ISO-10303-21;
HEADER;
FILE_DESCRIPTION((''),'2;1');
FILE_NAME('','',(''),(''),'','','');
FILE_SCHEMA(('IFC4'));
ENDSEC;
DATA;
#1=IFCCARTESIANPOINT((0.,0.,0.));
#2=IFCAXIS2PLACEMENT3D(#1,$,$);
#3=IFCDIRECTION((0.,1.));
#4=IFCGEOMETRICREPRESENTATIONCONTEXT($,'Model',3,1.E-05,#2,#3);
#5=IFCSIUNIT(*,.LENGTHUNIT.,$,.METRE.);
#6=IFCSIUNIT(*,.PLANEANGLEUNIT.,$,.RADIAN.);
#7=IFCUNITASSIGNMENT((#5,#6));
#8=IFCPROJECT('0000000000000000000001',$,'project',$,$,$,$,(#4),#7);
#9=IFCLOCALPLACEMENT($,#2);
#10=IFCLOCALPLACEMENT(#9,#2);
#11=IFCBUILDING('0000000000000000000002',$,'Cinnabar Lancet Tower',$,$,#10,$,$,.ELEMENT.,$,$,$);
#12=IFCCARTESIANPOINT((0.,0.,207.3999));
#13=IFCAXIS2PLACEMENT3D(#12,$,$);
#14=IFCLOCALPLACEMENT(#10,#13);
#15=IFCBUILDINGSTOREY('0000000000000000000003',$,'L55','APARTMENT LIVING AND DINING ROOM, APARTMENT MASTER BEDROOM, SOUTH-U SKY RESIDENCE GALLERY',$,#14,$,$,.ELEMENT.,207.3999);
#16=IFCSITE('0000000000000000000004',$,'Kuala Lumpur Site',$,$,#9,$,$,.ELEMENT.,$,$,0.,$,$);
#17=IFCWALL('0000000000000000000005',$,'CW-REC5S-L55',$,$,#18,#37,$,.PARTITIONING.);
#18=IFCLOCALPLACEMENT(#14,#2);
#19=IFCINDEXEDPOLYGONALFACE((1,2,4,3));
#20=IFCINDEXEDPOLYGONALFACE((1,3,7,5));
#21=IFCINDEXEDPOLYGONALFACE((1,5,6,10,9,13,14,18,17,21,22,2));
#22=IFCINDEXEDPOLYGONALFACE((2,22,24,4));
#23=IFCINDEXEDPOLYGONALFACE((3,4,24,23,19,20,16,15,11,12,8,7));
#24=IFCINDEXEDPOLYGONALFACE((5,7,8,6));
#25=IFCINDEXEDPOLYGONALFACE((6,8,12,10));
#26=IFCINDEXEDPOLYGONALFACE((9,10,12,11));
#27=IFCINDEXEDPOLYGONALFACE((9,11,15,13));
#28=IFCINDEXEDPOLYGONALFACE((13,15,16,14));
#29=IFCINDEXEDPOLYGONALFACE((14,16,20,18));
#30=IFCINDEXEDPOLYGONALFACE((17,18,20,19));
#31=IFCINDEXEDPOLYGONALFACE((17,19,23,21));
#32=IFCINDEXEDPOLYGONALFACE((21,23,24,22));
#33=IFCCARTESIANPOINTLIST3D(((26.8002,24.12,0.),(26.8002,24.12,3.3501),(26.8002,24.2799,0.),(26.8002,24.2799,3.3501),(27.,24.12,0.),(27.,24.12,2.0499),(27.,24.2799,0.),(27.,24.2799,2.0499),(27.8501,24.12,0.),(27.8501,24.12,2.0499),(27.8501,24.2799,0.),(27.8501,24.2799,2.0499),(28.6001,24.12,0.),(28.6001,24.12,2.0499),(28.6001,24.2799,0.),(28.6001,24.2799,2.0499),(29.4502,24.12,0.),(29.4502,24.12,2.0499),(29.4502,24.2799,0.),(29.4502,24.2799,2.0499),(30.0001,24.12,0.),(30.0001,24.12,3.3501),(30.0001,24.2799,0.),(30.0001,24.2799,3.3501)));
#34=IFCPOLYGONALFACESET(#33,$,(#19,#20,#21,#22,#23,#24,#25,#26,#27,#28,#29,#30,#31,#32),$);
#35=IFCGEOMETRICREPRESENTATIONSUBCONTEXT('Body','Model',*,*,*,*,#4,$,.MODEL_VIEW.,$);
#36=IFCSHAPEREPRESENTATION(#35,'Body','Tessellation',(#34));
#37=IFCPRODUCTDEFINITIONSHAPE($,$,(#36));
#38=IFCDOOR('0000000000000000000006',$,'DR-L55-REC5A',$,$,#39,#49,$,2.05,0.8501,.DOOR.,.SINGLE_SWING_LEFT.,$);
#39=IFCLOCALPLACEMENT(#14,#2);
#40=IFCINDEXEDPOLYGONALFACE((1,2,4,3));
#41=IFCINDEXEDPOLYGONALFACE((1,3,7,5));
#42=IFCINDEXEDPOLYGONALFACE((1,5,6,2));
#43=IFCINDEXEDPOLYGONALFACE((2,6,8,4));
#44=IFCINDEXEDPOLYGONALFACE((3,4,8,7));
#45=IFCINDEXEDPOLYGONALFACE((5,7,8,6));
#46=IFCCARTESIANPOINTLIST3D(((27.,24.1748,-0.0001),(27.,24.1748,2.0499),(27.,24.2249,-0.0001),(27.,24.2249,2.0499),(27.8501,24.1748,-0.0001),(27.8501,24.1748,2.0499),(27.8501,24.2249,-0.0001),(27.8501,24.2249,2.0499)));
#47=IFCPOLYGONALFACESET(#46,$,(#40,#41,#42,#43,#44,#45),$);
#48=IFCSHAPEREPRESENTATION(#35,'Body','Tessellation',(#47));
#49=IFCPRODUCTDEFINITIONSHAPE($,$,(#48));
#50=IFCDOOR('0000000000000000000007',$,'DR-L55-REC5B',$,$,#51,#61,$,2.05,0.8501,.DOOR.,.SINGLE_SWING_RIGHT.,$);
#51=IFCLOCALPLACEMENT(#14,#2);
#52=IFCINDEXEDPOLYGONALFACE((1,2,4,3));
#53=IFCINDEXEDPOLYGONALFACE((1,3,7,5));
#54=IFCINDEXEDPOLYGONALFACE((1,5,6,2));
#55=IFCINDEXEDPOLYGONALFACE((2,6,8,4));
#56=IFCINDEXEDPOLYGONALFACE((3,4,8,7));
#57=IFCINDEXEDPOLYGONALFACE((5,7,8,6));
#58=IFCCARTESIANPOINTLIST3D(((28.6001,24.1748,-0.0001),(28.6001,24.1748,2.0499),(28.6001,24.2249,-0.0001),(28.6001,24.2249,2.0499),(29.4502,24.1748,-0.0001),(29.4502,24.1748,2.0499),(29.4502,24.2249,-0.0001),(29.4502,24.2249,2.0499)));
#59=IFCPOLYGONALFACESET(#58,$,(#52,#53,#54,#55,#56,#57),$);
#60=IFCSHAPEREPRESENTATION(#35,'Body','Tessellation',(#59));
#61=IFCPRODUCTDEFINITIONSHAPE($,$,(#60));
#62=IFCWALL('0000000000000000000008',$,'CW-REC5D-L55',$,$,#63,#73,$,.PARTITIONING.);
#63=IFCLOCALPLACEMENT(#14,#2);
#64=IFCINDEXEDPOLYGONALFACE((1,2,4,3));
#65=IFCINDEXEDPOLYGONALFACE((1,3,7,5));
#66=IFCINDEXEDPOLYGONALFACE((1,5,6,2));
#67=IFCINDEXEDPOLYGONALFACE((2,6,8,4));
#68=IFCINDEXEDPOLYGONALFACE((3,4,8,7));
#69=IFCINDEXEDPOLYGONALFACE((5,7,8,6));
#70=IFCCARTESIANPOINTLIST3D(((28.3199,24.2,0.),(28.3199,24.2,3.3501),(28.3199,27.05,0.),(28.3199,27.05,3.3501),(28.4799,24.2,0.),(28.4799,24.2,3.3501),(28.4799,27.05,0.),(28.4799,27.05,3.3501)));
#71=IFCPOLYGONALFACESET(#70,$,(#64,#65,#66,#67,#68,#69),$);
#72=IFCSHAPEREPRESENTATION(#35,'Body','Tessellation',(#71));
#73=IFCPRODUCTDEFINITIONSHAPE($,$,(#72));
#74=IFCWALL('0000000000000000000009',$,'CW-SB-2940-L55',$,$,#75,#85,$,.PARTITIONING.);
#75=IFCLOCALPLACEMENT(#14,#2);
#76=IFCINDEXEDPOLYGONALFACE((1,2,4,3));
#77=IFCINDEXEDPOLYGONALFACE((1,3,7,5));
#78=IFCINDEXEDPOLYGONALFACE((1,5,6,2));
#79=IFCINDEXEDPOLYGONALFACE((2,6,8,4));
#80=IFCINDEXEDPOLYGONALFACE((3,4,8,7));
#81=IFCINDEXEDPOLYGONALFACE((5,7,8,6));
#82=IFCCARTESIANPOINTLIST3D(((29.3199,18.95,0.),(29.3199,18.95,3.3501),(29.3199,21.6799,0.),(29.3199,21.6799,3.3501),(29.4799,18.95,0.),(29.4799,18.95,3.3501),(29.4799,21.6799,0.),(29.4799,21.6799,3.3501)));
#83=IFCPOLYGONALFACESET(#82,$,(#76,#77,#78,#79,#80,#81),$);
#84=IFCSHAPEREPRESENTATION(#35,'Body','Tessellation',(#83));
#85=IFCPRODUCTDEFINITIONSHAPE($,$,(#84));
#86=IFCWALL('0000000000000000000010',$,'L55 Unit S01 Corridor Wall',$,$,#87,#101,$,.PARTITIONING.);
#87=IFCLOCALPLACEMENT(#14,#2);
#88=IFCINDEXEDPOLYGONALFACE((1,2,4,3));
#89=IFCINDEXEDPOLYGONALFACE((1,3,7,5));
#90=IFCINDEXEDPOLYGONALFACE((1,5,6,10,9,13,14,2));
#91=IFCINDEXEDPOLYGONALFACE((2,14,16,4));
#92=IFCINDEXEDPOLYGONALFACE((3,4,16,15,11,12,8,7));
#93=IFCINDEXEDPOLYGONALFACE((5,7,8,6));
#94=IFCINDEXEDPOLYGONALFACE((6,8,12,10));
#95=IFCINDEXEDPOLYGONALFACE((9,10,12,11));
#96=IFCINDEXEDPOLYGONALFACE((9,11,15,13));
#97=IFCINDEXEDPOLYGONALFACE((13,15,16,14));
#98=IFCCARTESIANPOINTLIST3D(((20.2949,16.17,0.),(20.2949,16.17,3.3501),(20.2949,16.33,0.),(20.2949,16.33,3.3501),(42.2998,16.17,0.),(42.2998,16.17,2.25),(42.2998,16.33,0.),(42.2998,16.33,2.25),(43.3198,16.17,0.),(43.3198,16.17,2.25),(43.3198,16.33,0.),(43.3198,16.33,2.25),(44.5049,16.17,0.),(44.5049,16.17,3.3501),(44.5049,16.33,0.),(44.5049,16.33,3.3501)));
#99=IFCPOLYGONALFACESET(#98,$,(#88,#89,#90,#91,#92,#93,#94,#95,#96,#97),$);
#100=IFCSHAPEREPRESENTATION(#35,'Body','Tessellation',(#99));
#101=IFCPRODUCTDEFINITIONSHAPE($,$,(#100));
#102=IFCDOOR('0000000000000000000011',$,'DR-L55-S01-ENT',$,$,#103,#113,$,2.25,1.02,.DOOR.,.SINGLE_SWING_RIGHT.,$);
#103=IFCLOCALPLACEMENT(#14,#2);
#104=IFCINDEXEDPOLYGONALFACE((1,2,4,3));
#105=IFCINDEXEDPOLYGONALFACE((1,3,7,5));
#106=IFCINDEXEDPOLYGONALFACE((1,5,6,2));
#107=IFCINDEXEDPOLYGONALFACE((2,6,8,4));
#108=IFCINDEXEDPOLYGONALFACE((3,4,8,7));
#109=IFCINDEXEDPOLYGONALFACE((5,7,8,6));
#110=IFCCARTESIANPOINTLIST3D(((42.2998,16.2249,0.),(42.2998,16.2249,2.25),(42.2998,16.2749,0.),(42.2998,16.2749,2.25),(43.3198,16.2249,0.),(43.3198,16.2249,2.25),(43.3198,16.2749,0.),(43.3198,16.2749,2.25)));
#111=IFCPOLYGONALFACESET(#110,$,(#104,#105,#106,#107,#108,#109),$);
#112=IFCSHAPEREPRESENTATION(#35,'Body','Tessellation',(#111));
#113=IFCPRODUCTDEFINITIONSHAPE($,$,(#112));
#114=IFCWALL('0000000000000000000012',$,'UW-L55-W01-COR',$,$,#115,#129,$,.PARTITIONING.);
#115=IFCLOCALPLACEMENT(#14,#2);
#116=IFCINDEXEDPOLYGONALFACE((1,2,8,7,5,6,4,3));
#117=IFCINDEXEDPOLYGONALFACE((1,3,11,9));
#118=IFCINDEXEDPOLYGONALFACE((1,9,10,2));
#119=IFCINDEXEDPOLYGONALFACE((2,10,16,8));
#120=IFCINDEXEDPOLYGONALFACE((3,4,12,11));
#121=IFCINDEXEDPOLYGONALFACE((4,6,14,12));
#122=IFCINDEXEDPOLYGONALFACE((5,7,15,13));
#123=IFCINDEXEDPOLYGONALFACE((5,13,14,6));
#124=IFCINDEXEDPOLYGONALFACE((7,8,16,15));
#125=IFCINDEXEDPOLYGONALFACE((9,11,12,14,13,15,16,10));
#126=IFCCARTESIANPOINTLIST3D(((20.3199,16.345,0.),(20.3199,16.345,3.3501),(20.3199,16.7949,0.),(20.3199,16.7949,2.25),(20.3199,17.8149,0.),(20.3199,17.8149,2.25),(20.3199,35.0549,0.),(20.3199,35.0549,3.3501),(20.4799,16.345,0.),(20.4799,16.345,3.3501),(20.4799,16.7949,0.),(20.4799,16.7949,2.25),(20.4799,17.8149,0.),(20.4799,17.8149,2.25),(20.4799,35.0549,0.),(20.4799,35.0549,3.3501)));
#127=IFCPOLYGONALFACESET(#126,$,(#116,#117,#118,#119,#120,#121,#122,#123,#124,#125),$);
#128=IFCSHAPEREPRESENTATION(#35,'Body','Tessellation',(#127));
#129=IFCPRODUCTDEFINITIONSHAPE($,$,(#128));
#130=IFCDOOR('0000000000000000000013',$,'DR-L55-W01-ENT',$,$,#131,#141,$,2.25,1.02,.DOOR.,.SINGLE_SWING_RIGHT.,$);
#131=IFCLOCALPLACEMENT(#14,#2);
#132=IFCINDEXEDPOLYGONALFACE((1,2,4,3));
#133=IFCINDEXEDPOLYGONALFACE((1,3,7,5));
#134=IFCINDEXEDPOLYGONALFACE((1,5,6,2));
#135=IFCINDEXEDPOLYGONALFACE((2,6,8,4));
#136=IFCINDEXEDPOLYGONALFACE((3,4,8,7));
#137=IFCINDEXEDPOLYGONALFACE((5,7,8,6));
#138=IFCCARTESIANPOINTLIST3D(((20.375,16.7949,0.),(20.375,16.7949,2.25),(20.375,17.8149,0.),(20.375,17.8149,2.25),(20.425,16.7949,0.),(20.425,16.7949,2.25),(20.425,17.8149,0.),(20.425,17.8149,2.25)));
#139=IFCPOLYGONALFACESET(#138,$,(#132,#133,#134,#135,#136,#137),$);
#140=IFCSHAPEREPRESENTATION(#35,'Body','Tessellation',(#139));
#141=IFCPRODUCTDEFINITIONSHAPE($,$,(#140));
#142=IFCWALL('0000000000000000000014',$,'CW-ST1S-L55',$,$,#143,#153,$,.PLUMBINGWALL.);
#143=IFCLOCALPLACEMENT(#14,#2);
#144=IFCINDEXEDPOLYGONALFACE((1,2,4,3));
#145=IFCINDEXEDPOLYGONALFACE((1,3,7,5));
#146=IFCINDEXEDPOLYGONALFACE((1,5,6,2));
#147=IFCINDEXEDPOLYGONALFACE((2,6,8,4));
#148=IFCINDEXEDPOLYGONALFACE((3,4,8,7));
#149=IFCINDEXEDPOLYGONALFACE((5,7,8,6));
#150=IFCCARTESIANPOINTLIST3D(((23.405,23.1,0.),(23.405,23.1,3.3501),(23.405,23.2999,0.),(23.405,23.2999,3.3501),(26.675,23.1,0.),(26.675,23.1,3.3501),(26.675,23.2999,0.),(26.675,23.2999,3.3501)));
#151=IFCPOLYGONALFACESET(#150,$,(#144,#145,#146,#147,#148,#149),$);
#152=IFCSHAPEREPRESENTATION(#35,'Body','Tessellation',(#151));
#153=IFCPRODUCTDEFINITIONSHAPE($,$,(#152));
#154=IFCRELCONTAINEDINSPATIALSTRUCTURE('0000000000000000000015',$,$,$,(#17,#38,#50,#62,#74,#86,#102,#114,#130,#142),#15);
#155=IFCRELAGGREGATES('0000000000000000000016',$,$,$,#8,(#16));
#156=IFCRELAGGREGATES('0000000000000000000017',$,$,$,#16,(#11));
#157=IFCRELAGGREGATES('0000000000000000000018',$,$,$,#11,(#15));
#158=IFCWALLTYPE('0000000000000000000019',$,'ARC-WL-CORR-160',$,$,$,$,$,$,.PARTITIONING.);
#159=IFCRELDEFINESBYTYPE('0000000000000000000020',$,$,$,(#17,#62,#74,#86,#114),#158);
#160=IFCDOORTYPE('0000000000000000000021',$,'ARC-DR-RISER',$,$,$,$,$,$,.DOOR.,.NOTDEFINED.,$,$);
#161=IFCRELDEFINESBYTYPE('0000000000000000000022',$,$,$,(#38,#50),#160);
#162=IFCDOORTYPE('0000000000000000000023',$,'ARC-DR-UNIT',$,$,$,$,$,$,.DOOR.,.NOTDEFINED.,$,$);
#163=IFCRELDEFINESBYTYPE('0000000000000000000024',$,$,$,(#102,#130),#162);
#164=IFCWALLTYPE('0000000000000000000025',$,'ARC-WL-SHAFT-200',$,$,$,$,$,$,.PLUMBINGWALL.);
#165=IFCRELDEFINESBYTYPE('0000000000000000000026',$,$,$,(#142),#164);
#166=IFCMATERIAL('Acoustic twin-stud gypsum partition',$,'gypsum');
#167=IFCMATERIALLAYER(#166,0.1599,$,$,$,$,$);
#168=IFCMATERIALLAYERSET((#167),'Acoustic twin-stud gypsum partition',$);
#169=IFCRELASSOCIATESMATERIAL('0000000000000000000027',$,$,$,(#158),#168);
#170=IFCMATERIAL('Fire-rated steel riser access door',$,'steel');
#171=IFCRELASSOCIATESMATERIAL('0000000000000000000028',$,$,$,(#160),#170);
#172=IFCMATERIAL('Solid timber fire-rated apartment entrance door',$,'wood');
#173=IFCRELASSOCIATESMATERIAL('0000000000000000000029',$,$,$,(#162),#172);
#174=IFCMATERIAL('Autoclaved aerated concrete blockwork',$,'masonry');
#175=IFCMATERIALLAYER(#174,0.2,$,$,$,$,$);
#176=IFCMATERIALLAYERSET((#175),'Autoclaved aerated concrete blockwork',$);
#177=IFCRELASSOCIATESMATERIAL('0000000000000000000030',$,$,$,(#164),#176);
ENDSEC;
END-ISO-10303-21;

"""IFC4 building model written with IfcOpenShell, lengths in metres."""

from ifc_helpers import new_model, si_unit, direction, frame, frame_2d, origin, place, context, subcontext, project, spatial, rectangle, extrude, material, layer, layer_set, type_object, element, fill, save


model = new_model("IFC4")

# Units and contexts
model_context = context("Model", 3, precision=1e-05, world=origin(), true_north=direction((0.0, 1.0)))
body_context = subcontext(model_context, "Body", "Model", "MODEL_VIEW")
ifc_project = project(units=[si_unit("LENGTHUNIT", "METRE"), si_unit("PLANEANGLEUNIT", "RADIAN")], contexts=[model_context])

# Site, building, storey
site_placement = place(None, origin())
site = spatial("IfcSite", under=ifc_project, at=site_placement, Name="Kuala Lumpur Site", CompositionType="ELEMENT", RefElevation=0.0)
building_placement = place(site_placement, origin())
building = spatial("IfcBuilding", under=site, at=building_placement, Name="Cinnabar Lancet Tower", CompositionType="ELEMENT")
storey_placement = place(building_placement, frame((0.0, 0.0, 207.3999)))
storey = spatial("IfcBuildingStorey", under=building, at=storey_placement, Name="L55", Description="APARTMENT LIVING AND DINING ROOM, APARTMENT MASTER BEDROOM, SOUTH-U SKY RESIDENCE GALLERY", CompositionType="ELEMENT", Elevation=207.3999)

# Wall, openings, doors
ifc_material_1 = material(Name="Acoustic twin-stud gypsum partition", Category="gypsum")
ifc_layer_1 = layer(ifc_material_1, 0.1599)
ifc_layer_set_1 = layer_set([ifc_layer_1], Name="Acoustic twin-stud gypsum partition")
wall_type_1 = type_object("IfcWallType", Name="ARC-WL-CORR-160", PredefinedType="PARTITIONING", material=ifc_layer_set_1)
wall_1_placement = place(storey_placement, frame((26.8, 24.2, 0.0), z_axis=(0.0, 0.0, 1.0), x_axis=(1.0, 0.0, 0.0)))
wall_1 = element("IfcWall", 1, at=wall_1_placement, inside=storey, type_object=wall_type_1, Name="CW-REC5S-L55", PredefinedType="PARTITIONING", context=body_context, shape_type="SweptSolid", body=[
    extrude(rectangle(XDim=3.2, YDim=0.1599, at=frame_2d((1.6001, 0.0))), origin(), (0.0, 0.0, 1.0), 3.3501),
])
opening_1_placement = place(wall_1_placement, frame((0.2, 0.0, 0.0)))
opening_1 = element("IfcOpeningElement", 2, at=opening_1_placement, cuts=wall_1, PredefinedType="OPENING", context=body_context, shape_type="SweptSolid", body=[
    extrude(rectangle(XDim=0.8501, YDim=2.05, at=frame_2d((0.425, 1.0249))), frame((0.0, 0.0898, 0.0), z_axis=(0.0, -1.0, 0.0), x_axis=(1.0, 0.0, 0.0)), (0.0, 0.0, 1.0), 0.1799),
])
opening_2_placement = place(wall_1_placement, frame((1.8, 0.0, 0.0)))
opening_2 = element("IfcOpeningElement", 3, at=opening_2_placement, cuts=wall_1, PredefinedType="OPENING", context=body_context, shape_type="SweptSolid", body=[
    extrude(rectangle(XDim=0.8501, YDim=2.05, at=frame_2d((0.425, 1.0249))), frame((0.0, 0.0898, 0.0), z_axis=(0.0, -1.0, 0.0), x_axis=(1.0, 0.0, 0.0)), (0.0, 0.0, 1.0), 0.1799),
])
ifc_material_2 = material(Name="Fire-rated steel riser access door", Category="steel")
door_type_1 = type_object("IfcDoorType", Name="ARC-DR-RISER", OperationType="NOTDEFINED", PredefinedType="DOOR", material=ifc_material_2)
door_1_placement = place(opening_1_placement, origin())
door_1 = element("IfcDoor", 4, at=door_1_placement, inside=storey, type_object=door_type_1, Name="DR-L55-REC5A", OperationType="SINGLE_SWING_LEFT", OverallHeight=2.05, OverallWidth=0.8501, PredefinedType="DOOR", context=body_context, shape_type="SweptSolid", body=[
    extrude(rectangle(XDim=0.8501, YDim=2.05, at=frame_2d((0.425, 1.0249))), frame((0.0, 0.0249, 0.0), z_axis=(0.0, -1.0, 0.0), x_axis=(1.0, 0.0, 0.0)), (0.0, 0.0, 1.0), 0.05),
])
fill(opening_1, door_1)
door_2_placement = place(opening_2_placement, origin())
door_2 = element("IfcDoor", 5, at=door_2_placement, inside=storey, type_object=door_type_1, Name="DR-L55-REC5B", OperationType="SINGLE_SWING_RIGHT", OverallHeight=2.05, OverallWidth=0.8501, PredefinedType="DOOR", context=body_context, shape_type="SweptSolid", body=[
    extrude(rectangle(XDim=0.8501, YDim=2.05, at=frame_2d((0.425, 1.0249))), frame((0.0, 0.0249, 0.0), z_axis=(0.0, -1.0, 0.0), x_axis=(1.0, 0.0, 0.0)), (0.0, 0.0, 1.0), 0.05),
])
fill(opening_2, door_2)

# Walls
wall_2_placement = place(storey_placement, frame((28.3999, 24.2, 0.0), z_axis=(0.0, 0.0, 1.0), x_axis=(0.0, 1.0, 0.0)))
element("IfcWall", 6, at=wall_2_placement, inside=storey, type_object=wall_type_1, Name="CW-REC5D-L55", PredefinedType="PARTITIONING", context=body_context, shape_type="SweptSolid", body=[
    extrude(rectangle(XDim=2.8501, YDim=0.1599, at=frame_2d((1.425, 0.0))), origin(), (0.0, 0.0, 1.0), 3.3501),
])
wall_3_placement = place(storey_placement, frame((29.3999, 18.95, 0.0), z_axis=(0.0, 0.0, 1.0), x_axis=(0.0, 1.0, 0.0)))
element("IfcWall", 7, at=wall_3_placement, inside=storey, type_object=wall_type_1, Name="CW-SB-2940-L55", PredefinedType="PARTITIONING", context=body_context, shape_type="SweptSolid", body=[
    extrude(rectangle(XDim=2.73, YDim=0.1599, at=frame_2d((1.365, 0.0))), origin(), (0.0, 0.0, 1.0), 3.3501),
])

# Walls, openings, doors
wall_4_placement = place(storey_placement, frame((20.2949, 16.25, 0.0), z_axis=(0.0, 0.0, 1.0), x_axis=(1.0, 0.0, 0.0)))
wall_4 = element("IfcWall", 8, at=wall_4_placement, inside=storey, type_object=wall_type_1, Name="L55 Unit S01 Corridor Wall", PredefinedType="PARTITIONING", context=body_context, shape_type="SweptSolid", body=[
    extrude(rectangle(XDim=24.21, YDim=0.1599, at=frame_2d((12.105, 0.0))), origin(), (0.0, 0.0, 1.0), 3.3501),
])
opening_3_placement = place(wall_4_placement, frame((22.0049, 0.0, 0.0)))
opening_3 = element("IfcOpeningElement", 9, at=opening_3_placement, cuts=wall_4, PredefinedType="OPENING", context=body_context, shape_type="SweptSolid", body=[
    extrude(rectangle(XDim=1.02, YDim=2.25, at=frame_2d((0.51, 1.125))), frame((0.0, 0.0898, 0.0), z_axis=(0.0, -1.0, 0.0), x_axis=(1.0, 0.0, 0.0)), (0.0, 0.0, 1.0), 0.1799),
])
ifc_material_3 = material(Name="Solid timber fire-rated apartment entrance door", Category="wood")
door_type_2 = type_object("IfcDoorType", Name="ARC-DR-UNIT", OperationType="NOTDEFINED", PredefinedType="DOOR", material=ifc_material_3)
door_3_placement = place(opening_3_placement, origin())
door_3 = element("IfcDoor", 10, at=door_3_placement, inside=storey, type_object=door_type_2, Name="DR-L55-S01-ENT", OperationType="SINGLE_SWING_RIGHT", OverallHeight=2.25, OverallWidth=1.02, PredefinedType="DOOR", context=body_context, shape_type="SweptSolid", body=[
    extrude(rectangle(XDim=1.02, YDim=2.25, at=frame_2d((0.51, 1.125))), frame((0.0, 0.0249, 0.0), z_axis=(0.0, -1.0, 0.0), x_axis=(1.0, 0.0, 0.0)), (0.0, 0.0, 1.0), 0.05),
])
fill(opening_3, door_3)
wall_5_placement = place(storey_placement, frame((20.3999, 16.345, 0.0), z_axis=(0.0, 0.0, 1.0), x_axis=(0.0, 1.0, 0.0)))
wall_5 = element("IfcWall", 11, at=wall_5_placement, inside=storey, type_object=wall_type_1, Name="UW-L55-W01-COR", PredefinedType="PARTITIONING", context=body_context, shape_type="SweptSolid", body=[
    extrude(rectangle(XDim=18.71, YDim=0.1599, at=frame_2d((9.355, 0.0))), origin(), (0.0, 0.0, 1.0), 3.3501),
])
opening_4_placement = place(wall_5_placement, frame((0.45, 0.0, 0.0)))
opening_4 = element("IfcOpeningElement", 12, at=opening_4_placement, cuts=wall_5, PredefinedType="OPENING", context=body_context, shape_type="SweptSolid", body=[
    extrude(rectangle(XDim=1.02, YDim=2.25, at=frame_2d((0.51, 1.125))), frame((0.0, 0.0898, 0.0), z_axis=(0.0, -1.0, 0.0), x_axis=(1.0, 0.0, 0.0)), (0.0, 0.0, 1.0), 0.1799),
])
door_4_placement = place(opening_4_placement, origin())
door_4 = element("IfcDoor", 13, at=door_4_placement, inside=storey, type_object=door_type_2, Name="DR-L55-W01-ENT", OperationType="SINGLE_SWING_RIGHT", OverallHeight=2.25, OverallWidth=1.02, PredefinedType="DOOR", context=body_context, shape_type="SweptSolid", body=[
    extrude(rectangle(XDim=1.02, YDim=2.25, at=frame_2d((0.51, 1.125))), frame((0.0, 0.0249, 0.0), z_axis=(0.0, -1.0, 0.0), x_axis=(1.0, 0.0, 0.0)), (0.0, 0.0, 1.0), 0.05),
])
fill(opening_4, door_4)

# Wall
ifc_material_4 = material(Name="Autoclaved aerated concrete blockwork", Category="masonry")
ifc_layer_2 = layer(ifc_material_4, 0.2)
ifc_layer_set_2 = layer_set([ifc_layer_2], Name="Autoclaved aerated concrete blockwork")
wall_type_2 = type_object("IfcWallType", Name="ARC-WL-SHAFT-200", PredefinedType="PLUMBINGWALL", material=ifc_layer_set_2)
wall_6_placement = place(storey_placement, frame((23.405, 23.2, 0.0), z_axis=(0.0, 0.0, 1.0), x_axis=(1.0, 0.0, 0.0)))
element("IfcWall", 14, at=wall_6_placement, inside=storey, type_object=wall_type_2, Name="CW-ST1S-L55", PredefinedType="PLUMBINGWALL", context=body_context, shape_type="SweptSolid", body=[
    extrude(rectangle(XDim=3.27, YDim=0.2, at=frame_2d((1.635, 0.0))), origin(), (0.0, 0.0, 1.0), 3.3501),
])

save(model, "model.ifc")
